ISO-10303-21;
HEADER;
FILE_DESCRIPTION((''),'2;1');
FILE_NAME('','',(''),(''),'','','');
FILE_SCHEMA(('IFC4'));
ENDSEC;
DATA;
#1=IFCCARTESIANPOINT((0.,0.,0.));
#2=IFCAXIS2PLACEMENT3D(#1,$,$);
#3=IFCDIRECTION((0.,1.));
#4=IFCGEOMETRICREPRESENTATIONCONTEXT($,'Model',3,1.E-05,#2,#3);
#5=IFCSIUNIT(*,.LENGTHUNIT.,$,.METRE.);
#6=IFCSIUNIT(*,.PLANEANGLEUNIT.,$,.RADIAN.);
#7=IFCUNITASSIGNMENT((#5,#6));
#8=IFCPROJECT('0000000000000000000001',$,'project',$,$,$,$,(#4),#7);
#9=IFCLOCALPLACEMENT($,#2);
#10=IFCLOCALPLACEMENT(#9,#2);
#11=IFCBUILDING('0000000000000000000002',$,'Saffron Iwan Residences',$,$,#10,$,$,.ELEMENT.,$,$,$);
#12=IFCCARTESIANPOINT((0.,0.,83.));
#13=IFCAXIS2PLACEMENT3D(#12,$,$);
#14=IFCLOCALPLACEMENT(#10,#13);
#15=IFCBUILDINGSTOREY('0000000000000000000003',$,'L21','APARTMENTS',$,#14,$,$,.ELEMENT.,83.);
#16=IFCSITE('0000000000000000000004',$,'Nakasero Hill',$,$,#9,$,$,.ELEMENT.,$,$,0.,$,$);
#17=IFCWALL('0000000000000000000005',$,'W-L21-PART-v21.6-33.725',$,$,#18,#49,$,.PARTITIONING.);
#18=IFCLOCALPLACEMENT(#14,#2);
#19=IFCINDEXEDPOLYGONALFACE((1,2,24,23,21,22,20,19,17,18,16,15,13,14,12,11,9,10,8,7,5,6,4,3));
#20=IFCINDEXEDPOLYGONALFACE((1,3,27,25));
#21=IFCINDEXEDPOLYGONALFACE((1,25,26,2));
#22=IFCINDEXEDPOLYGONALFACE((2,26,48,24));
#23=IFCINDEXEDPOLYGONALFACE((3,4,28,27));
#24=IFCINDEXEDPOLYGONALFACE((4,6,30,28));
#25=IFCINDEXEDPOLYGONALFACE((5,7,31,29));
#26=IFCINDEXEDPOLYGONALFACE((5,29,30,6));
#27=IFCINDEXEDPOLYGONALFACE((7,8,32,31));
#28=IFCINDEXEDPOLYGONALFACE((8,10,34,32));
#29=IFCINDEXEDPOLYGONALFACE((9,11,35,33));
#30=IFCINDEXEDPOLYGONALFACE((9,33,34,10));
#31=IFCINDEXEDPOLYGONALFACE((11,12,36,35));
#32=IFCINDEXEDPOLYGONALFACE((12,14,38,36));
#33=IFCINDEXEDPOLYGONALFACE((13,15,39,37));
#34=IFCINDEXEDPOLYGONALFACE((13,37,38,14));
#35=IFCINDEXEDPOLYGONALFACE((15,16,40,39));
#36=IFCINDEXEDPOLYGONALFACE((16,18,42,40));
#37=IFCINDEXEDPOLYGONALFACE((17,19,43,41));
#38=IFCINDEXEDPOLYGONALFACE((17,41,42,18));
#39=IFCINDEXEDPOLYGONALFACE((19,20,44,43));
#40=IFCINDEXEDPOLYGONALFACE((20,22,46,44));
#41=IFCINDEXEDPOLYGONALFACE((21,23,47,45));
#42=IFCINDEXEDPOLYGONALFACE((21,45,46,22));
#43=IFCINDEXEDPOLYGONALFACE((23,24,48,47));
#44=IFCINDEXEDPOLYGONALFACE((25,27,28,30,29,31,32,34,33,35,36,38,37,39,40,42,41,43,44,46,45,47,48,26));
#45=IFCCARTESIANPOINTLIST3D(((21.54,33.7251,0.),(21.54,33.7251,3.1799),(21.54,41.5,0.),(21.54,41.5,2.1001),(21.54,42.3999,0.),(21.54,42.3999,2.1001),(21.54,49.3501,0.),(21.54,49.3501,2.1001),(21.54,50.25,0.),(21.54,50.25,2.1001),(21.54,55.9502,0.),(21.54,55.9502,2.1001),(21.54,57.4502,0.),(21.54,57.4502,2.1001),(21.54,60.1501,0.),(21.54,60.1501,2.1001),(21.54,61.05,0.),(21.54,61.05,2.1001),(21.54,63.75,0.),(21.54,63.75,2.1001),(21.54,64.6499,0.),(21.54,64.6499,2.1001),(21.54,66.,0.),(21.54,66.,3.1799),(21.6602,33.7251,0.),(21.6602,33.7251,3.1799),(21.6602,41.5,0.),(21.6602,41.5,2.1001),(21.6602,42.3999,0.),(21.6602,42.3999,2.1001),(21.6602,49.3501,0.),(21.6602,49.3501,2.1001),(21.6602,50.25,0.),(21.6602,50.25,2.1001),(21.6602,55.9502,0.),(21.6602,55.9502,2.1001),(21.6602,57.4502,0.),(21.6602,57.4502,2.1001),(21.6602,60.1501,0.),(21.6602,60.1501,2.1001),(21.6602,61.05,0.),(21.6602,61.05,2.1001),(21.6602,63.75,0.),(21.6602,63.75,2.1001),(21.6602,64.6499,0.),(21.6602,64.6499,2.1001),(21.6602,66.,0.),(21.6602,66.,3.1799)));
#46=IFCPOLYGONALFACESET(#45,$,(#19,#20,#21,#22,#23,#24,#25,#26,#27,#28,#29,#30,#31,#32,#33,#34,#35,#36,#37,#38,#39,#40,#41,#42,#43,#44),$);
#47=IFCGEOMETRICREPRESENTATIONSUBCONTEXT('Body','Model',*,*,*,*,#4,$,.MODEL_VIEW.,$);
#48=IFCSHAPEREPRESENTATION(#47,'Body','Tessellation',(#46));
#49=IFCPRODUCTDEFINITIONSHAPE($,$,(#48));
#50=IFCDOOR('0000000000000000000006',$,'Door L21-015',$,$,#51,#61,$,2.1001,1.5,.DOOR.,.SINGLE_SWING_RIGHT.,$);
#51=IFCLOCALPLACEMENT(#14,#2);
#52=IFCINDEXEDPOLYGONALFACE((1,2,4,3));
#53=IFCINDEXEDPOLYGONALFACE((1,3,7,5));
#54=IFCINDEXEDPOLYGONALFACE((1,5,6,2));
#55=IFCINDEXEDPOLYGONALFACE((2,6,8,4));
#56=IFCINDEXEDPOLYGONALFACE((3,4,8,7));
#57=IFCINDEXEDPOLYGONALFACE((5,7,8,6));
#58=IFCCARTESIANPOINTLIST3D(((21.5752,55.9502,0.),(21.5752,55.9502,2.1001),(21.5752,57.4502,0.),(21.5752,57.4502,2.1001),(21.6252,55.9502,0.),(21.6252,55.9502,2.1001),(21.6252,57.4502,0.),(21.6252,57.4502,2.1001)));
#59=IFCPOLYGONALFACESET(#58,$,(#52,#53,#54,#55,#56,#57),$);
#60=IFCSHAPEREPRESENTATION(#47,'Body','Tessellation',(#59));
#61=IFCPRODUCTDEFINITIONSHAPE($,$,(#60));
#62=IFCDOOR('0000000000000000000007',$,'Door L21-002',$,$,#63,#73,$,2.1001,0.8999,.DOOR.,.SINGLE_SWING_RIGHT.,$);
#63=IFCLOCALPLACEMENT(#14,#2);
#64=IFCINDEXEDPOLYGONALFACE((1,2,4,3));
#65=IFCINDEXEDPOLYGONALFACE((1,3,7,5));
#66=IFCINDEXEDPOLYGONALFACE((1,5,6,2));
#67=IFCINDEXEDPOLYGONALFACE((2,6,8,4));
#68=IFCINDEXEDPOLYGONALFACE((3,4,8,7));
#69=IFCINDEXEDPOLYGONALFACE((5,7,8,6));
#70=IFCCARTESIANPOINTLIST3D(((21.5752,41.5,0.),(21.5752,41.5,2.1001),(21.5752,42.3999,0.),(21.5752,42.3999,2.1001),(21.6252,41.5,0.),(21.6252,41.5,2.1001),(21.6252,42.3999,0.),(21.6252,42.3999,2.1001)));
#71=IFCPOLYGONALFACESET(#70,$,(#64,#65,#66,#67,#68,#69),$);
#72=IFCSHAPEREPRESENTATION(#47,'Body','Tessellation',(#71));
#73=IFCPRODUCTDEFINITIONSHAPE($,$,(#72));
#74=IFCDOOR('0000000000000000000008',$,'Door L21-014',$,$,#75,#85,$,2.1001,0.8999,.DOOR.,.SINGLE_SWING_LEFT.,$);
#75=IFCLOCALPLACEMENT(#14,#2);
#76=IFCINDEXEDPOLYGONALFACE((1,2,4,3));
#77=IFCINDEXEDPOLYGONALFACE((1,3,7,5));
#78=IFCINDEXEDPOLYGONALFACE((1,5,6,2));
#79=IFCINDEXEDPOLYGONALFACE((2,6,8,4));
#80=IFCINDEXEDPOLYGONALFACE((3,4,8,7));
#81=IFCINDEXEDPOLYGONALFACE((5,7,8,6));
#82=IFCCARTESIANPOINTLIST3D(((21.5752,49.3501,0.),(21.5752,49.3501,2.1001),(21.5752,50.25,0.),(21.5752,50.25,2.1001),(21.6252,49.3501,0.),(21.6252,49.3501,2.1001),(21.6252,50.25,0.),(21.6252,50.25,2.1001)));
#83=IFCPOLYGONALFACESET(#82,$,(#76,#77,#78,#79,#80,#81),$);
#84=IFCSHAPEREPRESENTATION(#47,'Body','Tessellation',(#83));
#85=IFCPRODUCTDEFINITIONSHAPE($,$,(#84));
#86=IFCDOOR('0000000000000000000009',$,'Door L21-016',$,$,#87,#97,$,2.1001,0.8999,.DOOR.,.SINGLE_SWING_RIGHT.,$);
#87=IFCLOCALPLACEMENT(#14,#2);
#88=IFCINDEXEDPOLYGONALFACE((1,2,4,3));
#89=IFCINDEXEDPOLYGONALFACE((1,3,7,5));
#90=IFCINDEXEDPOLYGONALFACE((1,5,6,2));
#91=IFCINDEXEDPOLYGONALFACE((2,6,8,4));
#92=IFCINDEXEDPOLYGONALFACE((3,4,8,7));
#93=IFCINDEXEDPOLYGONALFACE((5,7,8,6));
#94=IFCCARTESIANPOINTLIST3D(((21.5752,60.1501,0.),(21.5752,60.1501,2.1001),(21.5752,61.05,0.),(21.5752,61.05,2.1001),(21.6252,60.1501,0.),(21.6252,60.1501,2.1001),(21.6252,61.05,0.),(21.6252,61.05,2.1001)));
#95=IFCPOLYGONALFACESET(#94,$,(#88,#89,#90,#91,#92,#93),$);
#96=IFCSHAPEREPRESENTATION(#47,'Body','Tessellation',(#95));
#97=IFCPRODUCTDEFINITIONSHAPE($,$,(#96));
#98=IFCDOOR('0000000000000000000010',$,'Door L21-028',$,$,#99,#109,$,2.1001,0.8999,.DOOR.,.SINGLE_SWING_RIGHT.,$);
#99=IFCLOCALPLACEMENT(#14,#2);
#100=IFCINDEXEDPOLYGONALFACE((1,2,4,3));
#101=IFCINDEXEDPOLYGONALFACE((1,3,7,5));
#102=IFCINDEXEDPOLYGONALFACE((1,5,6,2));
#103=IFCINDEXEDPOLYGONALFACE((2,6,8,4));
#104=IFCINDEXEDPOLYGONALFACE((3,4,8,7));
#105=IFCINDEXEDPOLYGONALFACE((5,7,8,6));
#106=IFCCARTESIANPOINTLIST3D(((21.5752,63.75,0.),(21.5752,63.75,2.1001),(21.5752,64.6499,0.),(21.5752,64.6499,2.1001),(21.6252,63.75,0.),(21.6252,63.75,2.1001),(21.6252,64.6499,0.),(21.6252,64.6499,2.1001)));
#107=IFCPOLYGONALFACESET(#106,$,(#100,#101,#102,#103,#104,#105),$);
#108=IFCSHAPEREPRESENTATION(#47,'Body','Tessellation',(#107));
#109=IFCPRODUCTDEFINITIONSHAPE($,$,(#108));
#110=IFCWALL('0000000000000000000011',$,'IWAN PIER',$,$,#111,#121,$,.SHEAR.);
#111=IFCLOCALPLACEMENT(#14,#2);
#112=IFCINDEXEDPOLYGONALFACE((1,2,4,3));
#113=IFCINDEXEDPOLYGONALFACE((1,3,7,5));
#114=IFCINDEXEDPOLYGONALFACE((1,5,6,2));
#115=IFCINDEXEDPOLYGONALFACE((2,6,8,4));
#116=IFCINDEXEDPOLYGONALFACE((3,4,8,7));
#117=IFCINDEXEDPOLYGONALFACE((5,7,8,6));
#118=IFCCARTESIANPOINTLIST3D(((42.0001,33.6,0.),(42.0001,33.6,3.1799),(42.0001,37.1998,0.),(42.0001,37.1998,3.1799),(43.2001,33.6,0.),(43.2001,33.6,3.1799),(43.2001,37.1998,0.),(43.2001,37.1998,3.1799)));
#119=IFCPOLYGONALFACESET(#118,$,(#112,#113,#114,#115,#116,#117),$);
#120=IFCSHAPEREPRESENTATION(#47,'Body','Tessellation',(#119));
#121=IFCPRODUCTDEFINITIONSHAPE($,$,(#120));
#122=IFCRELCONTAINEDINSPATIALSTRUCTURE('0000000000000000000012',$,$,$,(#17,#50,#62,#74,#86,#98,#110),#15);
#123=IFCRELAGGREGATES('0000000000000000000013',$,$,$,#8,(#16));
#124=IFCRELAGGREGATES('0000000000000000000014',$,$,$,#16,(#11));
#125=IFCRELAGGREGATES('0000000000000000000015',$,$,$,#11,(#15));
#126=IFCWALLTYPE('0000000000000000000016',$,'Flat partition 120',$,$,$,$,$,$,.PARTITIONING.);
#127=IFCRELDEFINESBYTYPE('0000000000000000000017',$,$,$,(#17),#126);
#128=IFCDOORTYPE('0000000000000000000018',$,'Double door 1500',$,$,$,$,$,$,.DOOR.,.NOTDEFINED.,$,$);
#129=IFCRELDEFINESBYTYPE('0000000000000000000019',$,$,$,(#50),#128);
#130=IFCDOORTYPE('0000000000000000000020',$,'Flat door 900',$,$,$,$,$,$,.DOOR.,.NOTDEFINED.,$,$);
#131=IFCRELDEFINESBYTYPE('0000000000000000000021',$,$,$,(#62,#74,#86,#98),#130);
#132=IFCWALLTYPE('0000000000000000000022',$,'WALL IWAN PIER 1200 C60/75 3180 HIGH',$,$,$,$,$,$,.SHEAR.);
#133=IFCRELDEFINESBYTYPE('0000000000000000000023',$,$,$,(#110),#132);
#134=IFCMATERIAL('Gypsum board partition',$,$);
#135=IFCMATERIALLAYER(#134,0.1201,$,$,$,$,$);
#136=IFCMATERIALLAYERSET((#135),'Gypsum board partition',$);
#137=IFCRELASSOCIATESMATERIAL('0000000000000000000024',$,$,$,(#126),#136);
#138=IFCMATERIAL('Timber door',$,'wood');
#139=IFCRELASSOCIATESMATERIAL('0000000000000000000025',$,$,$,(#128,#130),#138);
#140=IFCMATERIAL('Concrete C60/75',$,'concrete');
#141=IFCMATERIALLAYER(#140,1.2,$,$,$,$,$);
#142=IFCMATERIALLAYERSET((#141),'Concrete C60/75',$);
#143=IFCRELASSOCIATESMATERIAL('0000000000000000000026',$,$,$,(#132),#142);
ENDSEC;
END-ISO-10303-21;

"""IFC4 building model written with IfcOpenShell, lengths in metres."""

from ifc_helpers import new_model, si_unit, direction, frame, frame_2d, origin, place, context, subcontext, project, spatial, rectangle, extrude, material, layer, layer_set, type_object, element, fill, save


model = new_model("IFC4")

# Units and contexts
model_context = context("Model", 3, precision=1e-05, world=origin(), true_north=direction((0.0, 1.0)))
body_context = subcontext(model_context, "Body", "Model", "MODEL_VIEW")
ifc_project = project(units=[si_unit("LENGTHUNIT", "METRE"), si_unit("PLANEANGLEUNIT", "RADIAN")], contexts=[model_context])

# Site, building, storey
site_placement = place(None, origin())
site = spatial("IfcSite", under=ifc_project, at=site_placement, Name="Nakasero Hill", CompositionType="ELEMENT", RefElevation=0.0)
building_placement = place(site_placement, origin())
building = spatial("IfcBuilding", under=site, at=building_placement, Name="Saffron Iwan Residences", CompositionType="ELEMENT")
storey_placement = place(building_placement, frame((0.0, 0.0, 83.0)))
storey = spatial("IfcBuildingStorey", under=building, at=storey_placement, Name="L21", Description="APARTMENTS", CompositionType="ELEMENT", Elevation=83.0)

# Wall, openings, doors
ifc_material_1 = material(Name="Gypsum board partition")
ifc_layer_1 = layer(ifc_material_1, 0.1201)
ifc_layer_set_1 = layer_set([ifc_layer_1], Name="Gypsum board partition")
wall_type_1 = type_object("IfcWallType", Name="Flat partition 120", PredefinedType="PARTITIONING", material=ifc_layer_set_1)
wall_1_placement = place(storey_placement, frame((21.6001, 33.7251, 0.0), z_axis=(0.0, 0.0, 1.0), x_axis=(0.0, 1.0, 0.0)))
wall_1 = element("IfcWall", 1, at=wall_1_placement, inside=storey, type_object=wall_type_1, Name="W-L21-PART-v21.6-33.725", PredefinedType="PARTITIONING", context=body_context, shape_type="SweptSolid", body=[
    extrude(rectangle(XDim=32.2749, YDim=0.1201, at=frame_2d((16.1375, 0.0))), origin(), (0.0, 0.0, 1.0), 3.1799),
])
opening_1_placement = place(wall_1_placement, frame((7.7749, 0.0, 0.0)))
opening_1 = element("IfcOpeningElement", 2, at=opening_1_placement, cuts=wall_1, PredefinedType="OPENING", context=body_context, shape_type="SweptSolid", body=[
    extrude(rectangle(XDim=0.8999, YDim=2.1001, at=frame_2d((0.45, 1.05))), frame((0.0, 0.0701, 0.0), z_axis=(0.0, -1.0, 0.0), x_axis=(1.0, 0.0, 0.0)), (0.0, 0.0, 1.0), 0.1401),
])
opening_2_placement = place(wall_1_placement, frame((15.625, 0.0, 0.0)))
opening_2 = element("IfcOpeningElement", 3, at=opening_2_placement, cuts=wall_1, PredefinedType="OPENING", context=body_context, shape_type="SweptSolid", body=[
    extrude(rectangle(XDim=0.8999, YDim=2.1001, at=frame_2d((0.45, 1.05))), frame((0.0, 0.0701, 0.0), z_axis=(0.0, -1.0, 0.0), x_axis=(1.0, 0.0, 0.0)), (0.0, 0.0, 1.0), 0.1401),
])
opening_3_placement = place(wall_1_placement, frame((22.2251, 0.0, 0.0)))
opening_3 = element("IfcOpeningElement", 4, at=opening_3_placement, cuts=wall_1, PredefinedType="OPENING", context=body_context, shape_type="SweptSolid", body=[
    extrude(rectangle(XDim=1.5, YDim=2.1001, at=frame_2d((0.75, 1.05))), frame((0.0, 0.0701, 0.0), z_axis=(0.0, -1.0, 0.0), x_axis=(1.0, 0.0, 0.0)), (0.0, 0.0, 1.0), 0.1401),
])
opening_4_placement = place(wall_1_placement, frame((26.425, 0.0, 0.0)))
opening_4 = element("IfcOpeningElement", 5, at=opening_4_placement, cuts=wall_1, PredefinedType="OPENING", context=body_context, shape_type="SweptSolid", body=[
    extrude(rectangle(XDim=0.8999, YDim=2.1001, at=frame_2d((0.45, 1.05))), frame((0.0, 0.0701, 0.0), z_axis=(0.0, -1.0, 0.0), x_axis=(1.0, 0.0, 0.0)), (0.0, 0.0, 1.0), 0.1401),
])
opening_5_placement = place(wall_1_placement, frame((30.0249, 0.0, 0.0)))
opening_5 = element("IfcOpeningElement", 6, at=opening_5_placement, cuts=wall_1, PredefinedType="OPENING", context=body_context, shape_type="SweptSolid", body=[
    extrude(rectangle(XDim=0.8999, YDim=2.1001, at=frame_2d((0.45, 1.05))), frame((0.0, 0.0701, 0.0), z_axis=(0.0, -1.0, 0.0), x_axis=(1.0, 0.0, 0.0)), (0.0, 0.0, 1.0), 0.1401),
])
ifc_material_2 = material(Name="Timber door", Category="wood")
door_type_1 = type_object("IfcDoorType", Name="Double door 1500", OperationType="NOTDEFINED", PredefinedType="DOOR", material=ifc_material_2)
door_1_placement = place(opening_3_placement, origin())
door_1 = element("IfcDoor", 7, at=door_1_placement, inside=storey, type_object=door_type_1, Name="Door L21-015", OperationType="SINGLE_SWING_RIGHT", OverallHeight=2.1001, OverallWidth=1.5, PredefinedType="DOOR", context=body_context, shape_type="SweptSolid", body=[
    extrude(rectangle(XDim=1.5, YDim=2.1001, at=frame_2d((0.75, 1.05))), frame((0.0, 0.0249, 0.0), z_axis=(0.0, -1.0, 0.0), x_axis=(1.0, 0.0, 0.0)), (0.0, 0.0, 1.0), 0.05),
])
fill(opening_3, door_1)
door_type_2 = type_object("IfcDoorType", Name="Flat door 900", OperationType="NOTDEFINED", PredefinedType="DOOR", material=ifc_material_2)
door_2_placement = place(opening_1_placement, origin())
door_2 = element("IfcDoor", 8, at=door_2_placement, inside=storey, type_object=door_type_2, Name="Door L21-002", OperationType="SINGLE_SWING_RIGHT", OverallHeight=2.1001, OverallWidth=0.8999, PredefinedType="DOOR", context=body_context, shape_type="SweptSolid", body=[
    extrude(rectangle(XDim=0.8999, YDim=2.1001, at=frame_2d((0.45, 1.05))), frame((0.0, 0.0249, 0.0), z_axis=(0.0, -1.0, 0.0), x_axis=(1.0, 0.0, 0.0)), (0.0, 0.0, 1.0), 0.05),
])
fill(opening_1, door_2)
door_3_placement = place(opening_2_placement, origin())
door_3 = element("IfcDoor", 9, at=door_3_placement, inside=storey, type_object=door_type_2, Name="Door L21-014", OperationType="SINGLE_SWING_LEFT", OverallHeight=2.1001, OverallWidth=0.8999, PredefinedType="DOOR", context=body_context, shape_type="SweptSolid", body=[
    extrude(rectangle(XDim=0.8999, YDim=2.1001, at=frame_2d((0.45, 1.05))), frame((0.0, 0.0249, 0.0), z_axis=(0.0, -1.0, 0.0), x_axis=(1.0, 0.0, 0.0)), (0.0, 0.0, 1.0), 0.05),
])
fill(opening_2, door_3)
door_4_placement = place(opening_4_placement, origin())
door_4 = element("IfcDoor", 10, at=door_4_placement, inside=storey, type_object=door_type_2, Name="Door L21-016", OperationType="SINGLE_SWING_RIGHT", OverallHeight=2.1001, OverallWidth=0.8999, PredefinedType="DOOR", context=body_context, shape_type="SweptSolid", body=[
    extrude(rectangle(XDim=0.8999, YDim=2.1001, at=frame_2d((0.45, 1.05))), frame((0.0, 0.0249, 0.0), z_axis=(0.0, -1.0, 0.0), x_axis=(1.0, 0.0, 0.0)), (0.0, 0.0, 1.0), 0.05),
])
fill(opening_4, door_4)
door_5_placement = place(opening_5_placement, origin())
door_5 = element("IfcDoor", 11, at=door_5_placement, inside=storey, type_object=door_type_2, Name="Door L21-028", OperationType="SINGLE_SWING_RIGHT", OverallHeight=2.1001, OverallWidth=0.8999, PredefinedType="DOOR", context=body_context, shape_type="SweptSolid", body=[
    extrude(rectangle(XDim=0.8999, YDim=2.1001, at=frame_2d((0.45, 1.05))), frame((0.0, 0.0249, 0.0), z_axis=(0.0, -1.0, 0.0), x_axis=(1.0, 0.0, 0.0)), (0.0, 0.0, 1.0), 0.05),
])
fill(opening_5, door_5)

# Wall
ifc_material_3 = material(Name="Concrete C60/75", Category="concrete")
ifc_layer_2 = layer(ifc_material_3, 1.2)
ifc_layer_set_2 = layer_set([ifc_layer_2], Name="Concrete C60/75")
wall_type_2 = type_object("IfcWallType", Name="WALL IWAN PIER 1200 C60/75 3180 HIGH", PredefinedType="SHEAR", material=ifc_layer_set_2)
wall_2_placement = place(storey_placement, frame((42.6001, 33.6001, 0.0), z_axis=(0.0, 0.0, 1.0), x_axis=(0.0, 1.0, 0.0)))
element("IfcWall", 12, at=wall_2_placement, inside=storey, type_object=wall_type_2, Name="IWAN PIER", PredefinedType="SHEAR", context=body_context, shape_type="SweptSolid", body=[
    extrude(rectangle(XDim=3.5999, YDim=1.2, at=frame_2d((1.7998, 0.0))), origin(), (0.0, 0.0, 1.0), 3.1799),
])

save(model, "model.ifc")
